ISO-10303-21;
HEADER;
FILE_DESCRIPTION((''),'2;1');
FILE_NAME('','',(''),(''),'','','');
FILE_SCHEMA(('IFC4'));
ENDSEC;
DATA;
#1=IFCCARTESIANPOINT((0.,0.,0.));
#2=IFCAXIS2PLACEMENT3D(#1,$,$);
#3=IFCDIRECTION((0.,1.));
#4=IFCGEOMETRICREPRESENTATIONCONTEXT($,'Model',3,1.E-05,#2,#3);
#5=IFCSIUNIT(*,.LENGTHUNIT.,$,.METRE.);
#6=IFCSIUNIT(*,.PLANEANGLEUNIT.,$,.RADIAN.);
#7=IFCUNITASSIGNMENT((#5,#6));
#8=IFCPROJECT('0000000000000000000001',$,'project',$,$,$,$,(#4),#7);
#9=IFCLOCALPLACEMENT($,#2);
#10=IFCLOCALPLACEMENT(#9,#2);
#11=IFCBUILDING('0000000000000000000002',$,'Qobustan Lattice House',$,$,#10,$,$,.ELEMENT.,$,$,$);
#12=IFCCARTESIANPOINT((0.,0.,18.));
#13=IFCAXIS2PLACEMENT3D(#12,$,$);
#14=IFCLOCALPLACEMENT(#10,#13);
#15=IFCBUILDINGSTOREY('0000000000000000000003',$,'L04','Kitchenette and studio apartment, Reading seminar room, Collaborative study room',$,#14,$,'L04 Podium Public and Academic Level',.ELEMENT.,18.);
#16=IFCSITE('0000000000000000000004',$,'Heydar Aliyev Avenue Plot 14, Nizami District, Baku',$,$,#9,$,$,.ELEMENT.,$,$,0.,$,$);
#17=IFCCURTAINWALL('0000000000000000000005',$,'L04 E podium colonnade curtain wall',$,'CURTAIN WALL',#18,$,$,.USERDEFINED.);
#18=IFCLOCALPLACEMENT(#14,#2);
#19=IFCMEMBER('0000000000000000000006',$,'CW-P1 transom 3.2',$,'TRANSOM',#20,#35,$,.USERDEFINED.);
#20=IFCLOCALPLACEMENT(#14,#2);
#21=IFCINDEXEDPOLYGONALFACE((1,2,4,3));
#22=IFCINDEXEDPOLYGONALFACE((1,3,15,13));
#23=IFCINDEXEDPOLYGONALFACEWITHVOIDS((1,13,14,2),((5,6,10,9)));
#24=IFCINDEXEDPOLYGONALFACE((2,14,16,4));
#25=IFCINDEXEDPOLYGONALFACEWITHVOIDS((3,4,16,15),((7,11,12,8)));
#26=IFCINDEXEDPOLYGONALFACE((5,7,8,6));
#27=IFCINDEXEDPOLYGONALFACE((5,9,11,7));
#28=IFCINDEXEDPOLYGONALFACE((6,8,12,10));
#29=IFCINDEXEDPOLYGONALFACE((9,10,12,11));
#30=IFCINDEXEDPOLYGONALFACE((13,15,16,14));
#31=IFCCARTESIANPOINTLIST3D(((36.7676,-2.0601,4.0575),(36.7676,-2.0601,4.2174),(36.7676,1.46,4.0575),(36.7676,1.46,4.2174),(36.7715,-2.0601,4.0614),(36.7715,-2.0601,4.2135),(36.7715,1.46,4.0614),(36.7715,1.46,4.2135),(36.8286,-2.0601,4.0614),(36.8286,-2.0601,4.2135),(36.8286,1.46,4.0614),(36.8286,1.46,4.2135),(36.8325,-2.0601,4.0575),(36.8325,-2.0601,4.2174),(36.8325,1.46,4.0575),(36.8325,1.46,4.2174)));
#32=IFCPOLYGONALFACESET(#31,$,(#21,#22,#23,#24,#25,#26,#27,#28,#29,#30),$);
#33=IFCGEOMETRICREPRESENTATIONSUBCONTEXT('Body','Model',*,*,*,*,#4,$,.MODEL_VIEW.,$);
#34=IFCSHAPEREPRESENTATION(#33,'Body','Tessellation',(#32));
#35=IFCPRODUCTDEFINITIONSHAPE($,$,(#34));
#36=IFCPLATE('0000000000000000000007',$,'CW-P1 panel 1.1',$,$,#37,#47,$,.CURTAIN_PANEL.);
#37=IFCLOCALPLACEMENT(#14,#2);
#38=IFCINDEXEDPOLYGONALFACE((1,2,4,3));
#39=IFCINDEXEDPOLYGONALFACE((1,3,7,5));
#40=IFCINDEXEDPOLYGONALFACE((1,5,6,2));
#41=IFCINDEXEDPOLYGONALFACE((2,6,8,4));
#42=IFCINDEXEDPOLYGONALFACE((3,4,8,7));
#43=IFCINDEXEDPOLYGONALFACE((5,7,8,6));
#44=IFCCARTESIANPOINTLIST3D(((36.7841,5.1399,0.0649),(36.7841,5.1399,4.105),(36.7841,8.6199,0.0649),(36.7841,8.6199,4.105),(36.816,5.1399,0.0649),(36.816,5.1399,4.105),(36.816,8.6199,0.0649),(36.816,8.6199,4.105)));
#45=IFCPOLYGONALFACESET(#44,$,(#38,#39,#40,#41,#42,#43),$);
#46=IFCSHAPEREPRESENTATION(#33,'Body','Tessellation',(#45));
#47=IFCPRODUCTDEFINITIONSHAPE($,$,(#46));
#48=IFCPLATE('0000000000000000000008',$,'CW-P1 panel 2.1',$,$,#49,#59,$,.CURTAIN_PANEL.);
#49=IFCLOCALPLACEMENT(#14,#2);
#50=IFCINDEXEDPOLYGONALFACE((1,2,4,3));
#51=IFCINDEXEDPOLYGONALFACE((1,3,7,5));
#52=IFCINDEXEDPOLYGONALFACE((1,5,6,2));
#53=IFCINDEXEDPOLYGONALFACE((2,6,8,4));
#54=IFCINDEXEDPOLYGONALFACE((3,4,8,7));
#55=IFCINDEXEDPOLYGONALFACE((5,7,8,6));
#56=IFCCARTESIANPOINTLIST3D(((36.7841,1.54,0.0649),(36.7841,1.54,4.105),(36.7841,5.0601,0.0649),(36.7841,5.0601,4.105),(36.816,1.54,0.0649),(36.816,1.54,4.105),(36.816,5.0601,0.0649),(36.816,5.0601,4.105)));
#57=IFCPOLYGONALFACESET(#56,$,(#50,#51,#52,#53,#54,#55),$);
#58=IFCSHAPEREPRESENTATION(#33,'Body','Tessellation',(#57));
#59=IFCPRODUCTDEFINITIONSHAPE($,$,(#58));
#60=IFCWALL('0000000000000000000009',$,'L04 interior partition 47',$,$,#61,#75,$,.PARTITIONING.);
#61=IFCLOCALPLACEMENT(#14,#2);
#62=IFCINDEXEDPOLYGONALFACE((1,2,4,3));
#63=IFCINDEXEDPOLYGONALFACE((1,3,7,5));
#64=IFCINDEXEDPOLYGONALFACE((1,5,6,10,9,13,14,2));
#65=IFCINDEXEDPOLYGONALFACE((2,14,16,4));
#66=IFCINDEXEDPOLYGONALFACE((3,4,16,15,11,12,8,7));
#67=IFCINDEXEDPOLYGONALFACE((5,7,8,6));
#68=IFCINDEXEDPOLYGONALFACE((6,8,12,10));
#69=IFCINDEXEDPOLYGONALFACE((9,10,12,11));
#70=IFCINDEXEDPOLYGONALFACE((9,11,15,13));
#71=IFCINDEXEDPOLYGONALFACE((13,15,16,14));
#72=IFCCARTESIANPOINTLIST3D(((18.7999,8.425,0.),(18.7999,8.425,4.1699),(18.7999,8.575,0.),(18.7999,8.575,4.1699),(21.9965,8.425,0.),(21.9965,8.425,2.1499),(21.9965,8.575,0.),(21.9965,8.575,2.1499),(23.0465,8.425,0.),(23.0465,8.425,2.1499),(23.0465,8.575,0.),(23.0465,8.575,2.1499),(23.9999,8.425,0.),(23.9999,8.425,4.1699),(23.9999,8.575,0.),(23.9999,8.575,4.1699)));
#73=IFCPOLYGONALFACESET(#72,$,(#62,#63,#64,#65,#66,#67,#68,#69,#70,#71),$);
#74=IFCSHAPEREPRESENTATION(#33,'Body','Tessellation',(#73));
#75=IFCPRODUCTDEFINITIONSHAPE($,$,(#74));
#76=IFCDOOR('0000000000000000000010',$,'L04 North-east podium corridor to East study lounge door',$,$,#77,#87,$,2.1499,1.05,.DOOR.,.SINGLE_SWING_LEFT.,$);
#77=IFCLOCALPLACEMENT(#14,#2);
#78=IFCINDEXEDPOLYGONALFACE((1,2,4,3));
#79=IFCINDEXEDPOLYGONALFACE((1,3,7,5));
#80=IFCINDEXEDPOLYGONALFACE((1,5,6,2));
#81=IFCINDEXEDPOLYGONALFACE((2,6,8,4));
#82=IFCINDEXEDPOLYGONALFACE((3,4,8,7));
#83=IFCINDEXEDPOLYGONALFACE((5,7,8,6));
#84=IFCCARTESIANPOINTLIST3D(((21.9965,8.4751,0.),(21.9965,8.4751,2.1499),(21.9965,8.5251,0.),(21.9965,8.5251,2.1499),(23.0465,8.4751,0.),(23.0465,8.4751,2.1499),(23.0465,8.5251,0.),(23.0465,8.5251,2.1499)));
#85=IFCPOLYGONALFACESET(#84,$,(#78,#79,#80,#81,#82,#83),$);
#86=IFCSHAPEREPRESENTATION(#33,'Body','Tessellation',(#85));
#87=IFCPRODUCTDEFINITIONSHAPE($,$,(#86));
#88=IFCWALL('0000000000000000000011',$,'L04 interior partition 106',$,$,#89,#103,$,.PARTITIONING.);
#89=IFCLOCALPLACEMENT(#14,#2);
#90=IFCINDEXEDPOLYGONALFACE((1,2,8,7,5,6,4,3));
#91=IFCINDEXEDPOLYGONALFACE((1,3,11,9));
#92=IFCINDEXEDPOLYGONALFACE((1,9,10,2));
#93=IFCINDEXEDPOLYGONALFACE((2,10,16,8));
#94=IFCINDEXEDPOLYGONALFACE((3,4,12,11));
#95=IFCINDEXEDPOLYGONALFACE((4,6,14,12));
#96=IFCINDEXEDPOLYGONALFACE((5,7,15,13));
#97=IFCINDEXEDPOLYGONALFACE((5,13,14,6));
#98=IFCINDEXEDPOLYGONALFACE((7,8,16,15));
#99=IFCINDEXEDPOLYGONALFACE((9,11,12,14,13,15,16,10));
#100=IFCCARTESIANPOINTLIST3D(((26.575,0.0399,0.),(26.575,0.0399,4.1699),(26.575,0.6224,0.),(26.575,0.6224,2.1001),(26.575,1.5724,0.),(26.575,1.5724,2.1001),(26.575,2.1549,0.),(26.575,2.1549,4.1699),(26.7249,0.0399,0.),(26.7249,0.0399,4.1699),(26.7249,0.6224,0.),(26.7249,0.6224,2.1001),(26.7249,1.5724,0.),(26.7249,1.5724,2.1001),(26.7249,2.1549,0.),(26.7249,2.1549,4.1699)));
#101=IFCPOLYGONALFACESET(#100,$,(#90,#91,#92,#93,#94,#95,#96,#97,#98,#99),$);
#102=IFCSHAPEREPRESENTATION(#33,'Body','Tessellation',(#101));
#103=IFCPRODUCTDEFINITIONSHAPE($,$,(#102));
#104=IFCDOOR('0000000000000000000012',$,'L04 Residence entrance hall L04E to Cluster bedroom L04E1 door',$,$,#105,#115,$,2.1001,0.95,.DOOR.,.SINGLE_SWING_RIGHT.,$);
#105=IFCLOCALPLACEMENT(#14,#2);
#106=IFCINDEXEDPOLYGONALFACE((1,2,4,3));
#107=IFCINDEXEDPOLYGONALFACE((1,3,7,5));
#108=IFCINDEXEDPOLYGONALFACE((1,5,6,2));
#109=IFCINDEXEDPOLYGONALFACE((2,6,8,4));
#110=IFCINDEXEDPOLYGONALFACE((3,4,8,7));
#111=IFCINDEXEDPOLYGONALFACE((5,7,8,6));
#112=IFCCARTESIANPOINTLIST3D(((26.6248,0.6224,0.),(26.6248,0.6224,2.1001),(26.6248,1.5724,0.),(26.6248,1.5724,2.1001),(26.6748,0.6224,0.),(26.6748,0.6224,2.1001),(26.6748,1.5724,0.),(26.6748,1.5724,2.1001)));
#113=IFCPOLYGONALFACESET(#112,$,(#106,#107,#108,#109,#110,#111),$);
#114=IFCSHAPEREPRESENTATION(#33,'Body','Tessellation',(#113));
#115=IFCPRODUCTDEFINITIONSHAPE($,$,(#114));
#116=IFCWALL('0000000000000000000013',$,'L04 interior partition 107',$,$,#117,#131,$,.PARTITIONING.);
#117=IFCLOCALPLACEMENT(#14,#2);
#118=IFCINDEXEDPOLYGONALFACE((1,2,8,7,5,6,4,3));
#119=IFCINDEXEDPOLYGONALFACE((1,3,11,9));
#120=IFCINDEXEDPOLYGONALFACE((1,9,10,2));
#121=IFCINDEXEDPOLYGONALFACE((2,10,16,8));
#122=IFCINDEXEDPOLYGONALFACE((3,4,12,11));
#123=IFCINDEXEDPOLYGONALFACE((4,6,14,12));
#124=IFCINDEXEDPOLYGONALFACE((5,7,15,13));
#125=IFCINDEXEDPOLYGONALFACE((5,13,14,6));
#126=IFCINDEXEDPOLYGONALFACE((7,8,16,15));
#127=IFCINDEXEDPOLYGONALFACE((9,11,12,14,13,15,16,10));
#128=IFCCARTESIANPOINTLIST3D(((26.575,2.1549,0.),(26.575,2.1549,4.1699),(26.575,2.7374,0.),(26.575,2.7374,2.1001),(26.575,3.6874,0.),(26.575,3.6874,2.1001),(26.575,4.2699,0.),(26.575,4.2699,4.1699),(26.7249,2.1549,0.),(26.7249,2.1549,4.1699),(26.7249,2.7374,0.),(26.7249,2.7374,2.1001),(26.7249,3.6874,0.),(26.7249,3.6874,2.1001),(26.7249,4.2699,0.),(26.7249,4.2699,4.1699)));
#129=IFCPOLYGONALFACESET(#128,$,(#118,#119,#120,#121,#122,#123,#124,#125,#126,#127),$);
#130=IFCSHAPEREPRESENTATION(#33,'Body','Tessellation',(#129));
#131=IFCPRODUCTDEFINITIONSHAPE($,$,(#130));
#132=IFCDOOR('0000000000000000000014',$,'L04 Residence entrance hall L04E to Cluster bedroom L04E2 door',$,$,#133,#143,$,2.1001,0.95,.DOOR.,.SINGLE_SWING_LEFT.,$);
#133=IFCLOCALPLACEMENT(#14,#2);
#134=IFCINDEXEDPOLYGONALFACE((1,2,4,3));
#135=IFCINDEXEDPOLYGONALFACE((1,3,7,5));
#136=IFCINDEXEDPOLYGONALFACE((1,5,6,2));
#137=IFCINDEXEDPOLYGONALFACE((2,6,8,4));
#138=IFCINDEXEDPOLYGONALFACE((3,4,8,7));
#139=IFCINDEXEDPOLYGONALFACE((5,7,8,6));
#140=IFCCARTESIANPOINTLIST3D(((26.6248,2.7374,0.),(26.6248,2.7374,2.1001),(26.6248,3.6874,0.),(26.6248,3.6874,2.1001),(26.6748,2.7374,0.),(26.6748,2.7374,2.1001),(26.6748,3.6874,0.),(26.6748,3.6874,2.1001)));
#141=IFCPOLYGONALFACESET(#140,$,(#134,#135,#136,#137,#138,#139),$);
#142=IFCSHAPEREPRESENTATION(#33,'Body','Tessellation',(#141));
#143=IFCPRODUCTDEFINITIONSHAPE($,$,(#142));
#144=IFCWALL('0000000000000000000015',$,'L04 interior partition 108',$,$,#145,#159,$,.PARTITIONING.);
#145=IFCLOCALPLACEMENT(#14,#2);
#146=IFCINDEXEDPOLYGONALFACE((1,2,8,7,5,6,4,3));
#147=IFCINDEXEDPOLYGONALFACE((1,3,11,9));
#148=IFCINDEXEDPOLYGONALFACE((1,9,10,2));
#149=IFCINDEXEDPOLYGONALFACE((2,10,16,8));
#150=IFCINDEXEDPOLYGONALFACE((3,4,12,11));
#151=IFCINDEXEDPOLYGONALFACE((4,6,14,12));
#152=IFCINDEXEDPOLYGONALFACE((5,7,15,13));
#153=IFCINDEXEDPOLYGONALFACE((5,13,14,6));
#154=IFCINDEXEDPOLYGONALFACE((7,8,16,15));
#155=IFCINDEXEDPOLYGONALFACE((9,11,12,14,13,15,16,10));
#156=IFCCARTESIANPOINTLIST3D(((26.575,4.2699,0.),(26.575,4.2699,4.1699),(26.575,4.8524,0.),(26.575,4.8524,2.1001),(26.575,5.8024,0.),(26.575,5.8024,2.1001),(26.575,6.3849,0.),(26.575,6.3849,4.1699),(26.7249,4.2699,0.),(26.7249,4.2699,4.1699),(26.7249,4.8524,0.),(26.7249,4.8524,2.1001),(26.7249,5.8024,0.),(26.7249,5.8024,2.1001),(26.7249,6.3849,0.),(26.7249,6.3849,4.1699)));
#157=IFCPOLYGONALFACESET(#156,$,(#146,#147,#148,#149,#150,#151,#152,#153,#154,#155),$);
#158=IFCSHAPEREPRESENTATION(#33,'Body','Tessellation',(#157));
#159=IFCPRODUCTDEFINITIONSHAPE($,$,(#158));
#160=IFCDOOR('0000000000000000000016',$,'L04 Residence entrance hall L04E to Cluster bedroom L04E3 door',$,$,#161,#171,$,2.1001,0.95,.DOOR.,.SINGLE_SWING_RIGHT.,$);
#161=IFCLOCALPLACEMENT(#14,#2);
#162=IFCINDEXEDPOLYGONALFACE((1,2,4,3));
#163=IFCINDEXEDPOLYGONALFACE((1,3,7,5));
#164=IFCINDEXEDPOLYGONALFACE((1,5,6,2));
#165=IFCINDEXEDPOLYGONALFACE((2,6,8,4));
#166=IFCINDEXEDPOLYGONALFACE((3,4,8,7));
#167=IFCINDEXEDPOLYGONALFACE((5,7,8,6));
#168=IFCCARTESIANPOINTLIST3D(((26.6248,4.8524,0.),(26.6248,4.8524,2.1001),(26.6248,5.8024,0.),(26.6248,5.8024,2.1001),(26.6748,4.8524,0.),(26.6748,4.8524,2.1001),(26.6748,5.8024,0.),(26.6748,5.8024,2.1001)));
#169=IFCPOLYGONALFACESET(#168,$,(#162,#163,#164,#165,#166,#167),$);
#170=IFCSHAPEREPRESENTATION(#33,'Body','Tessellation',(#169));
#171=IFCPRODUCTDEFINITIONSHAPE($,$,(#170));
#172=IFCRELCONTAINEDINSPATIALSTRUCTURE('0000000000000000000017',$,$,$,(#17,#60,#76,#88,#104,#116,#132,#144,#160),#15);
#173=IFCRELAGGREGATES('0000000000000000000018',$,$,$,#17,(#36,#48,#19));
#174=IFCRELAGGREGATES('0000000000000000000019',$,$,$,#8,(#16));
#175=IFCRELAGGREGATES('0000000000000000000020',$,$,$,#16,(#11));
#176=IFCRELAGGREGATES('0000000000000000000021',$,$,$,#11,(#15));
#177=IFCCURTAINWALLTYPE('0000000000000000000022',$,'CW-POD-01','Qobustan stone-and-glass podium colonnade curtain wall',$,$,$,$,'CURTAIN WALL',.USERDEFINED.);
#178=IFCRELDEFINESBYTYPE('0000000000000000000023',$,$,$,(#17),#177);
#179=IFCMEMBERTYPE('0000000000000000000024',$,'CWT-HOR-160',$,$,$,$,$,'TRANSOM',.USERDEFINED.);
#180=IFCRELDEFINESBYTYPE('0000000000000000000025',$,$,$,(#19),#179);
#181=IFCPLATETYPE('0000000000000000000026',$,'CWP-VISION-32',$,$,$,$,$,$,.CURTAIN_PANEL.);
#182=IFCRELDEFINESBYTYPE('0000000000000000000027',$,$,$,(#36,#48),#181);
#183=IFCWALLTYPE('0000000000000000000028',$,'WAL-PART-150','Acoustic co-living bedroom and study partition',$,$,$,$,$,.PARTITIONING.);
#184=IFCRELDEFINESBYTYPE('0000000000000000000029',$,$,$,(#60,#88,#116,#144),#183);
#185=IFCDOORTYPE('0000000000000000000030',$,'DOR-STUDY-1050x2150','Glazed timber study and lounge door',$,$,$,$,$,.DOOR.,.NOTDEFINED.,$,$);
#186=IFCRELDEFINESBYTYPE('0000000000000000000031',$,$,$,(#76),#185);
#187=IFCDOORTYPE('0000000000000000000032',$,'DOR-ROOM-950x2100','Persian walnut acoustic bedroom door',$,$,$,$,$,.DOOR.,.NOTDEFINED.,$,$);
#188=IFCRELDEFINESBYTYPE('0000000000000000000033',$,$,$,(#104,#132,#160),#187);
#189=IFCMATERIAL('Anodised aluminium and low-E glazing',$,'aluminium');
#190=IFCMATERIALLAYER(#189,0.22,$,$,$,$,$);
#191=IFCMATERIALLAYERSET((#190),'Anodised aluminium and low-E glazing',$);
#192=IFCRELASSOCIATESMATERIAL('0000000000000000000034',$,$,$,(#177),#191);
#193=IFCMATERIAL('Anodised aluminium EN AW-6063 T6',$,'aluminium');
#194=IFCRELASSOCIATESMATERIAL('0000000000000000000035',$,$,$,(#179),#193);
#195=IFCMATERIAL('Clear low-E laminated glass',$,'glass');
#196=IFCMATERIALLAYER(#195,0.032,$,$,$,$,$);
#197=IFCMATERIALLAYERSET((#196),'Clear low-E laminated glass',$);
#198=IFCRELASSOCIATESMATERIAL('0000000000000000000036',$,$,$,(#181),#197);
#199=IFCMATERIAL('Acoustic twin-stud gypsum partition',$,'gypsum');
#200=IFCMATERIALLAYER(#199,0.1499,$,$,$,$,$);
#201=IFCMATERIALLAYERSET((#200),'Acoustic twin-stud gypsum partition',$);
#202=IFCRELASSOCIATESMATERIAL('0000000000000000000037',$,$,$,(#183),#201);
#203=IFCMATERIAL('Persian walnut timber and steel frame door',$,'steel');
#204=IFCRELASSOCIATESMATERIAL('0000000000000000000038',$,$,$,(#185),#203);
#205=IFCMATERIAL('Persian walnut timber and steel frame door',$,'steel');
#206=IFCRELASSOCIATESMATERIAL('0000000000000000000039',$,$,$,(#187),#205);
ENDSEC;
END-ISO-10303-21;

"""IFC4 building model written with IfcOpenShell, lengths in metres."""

from ifc_helpers import new_model, si_unit, direction, frame, frame_2d, origin, origin_2d, place, context, subcontext, project, spatial, rectangle, hollow_rectangle, extrude, material, layer, layer_set, material_profile, profile_set, type_object, element, fill, aggregate, save


model = new_model("IFC4")

# Units and contexts
model_context = context("Model", 3, precision=1e-05, world=origin(), true_north=direction((0.0, 1.0)))
body_context = subcontext(model_context, "Body", "Model", "MODEL_VIEW")
ifc_project = project(units=[si_unit("LENGTHUNIT", "METRE"), si_unit("PLANEANGLEUNIT", "RADIAN")], contexts=[model_context])

# Site, building, storey
site_placement = place(None, origin())
site = spatial("IfcSite", under=ifc_project, at=site_placement, Name="Heydar Aliyev Avenue Plot 14, Nizami District, Baku", CompositionType="ELEMENT", RefElevation=0.0)
building_placement = place(site_placement, origin())
building = spatial("IfcBuilding", under=site, at=building_placement, Name="Qobustan Lattice House", CompositionType="ELEMENT")
storey_placement = place(building_placement, frame((0.0, 0.0, 18.0)))
storey = spatial("IfcBuildingStorey", under=building, at=storey_placement, Name="L04", Description="Kitchenette and studio apartment, Reading seminar room, Collaborative study room", LongName="L04 Podium Public and Academic Level", CompositionType="ELEMENT", Elevation=18.0)

# Curtain wall, member, plates
ifc_material_1 = material(Name="Anodised aluminium and low-E glazing", Category="aluminium")
ifc_layer_1 = layer(ifc_material_1, 0.22)
ifc_layer_set_1 = layer_set([ifc_layer_1], Name="Anodised aluminium and low-E glazing")
curtain_wall_type = type_object("IfcCurtainWallType", Name="CW-POD-01", Description="Qobustan stone-and-glass podium colonnade curtain wall", ElementType="CURTAIN WALL", PredefinedType="USERDEFINED", material=ifc_layer_set_1)
curtain_wall_placement = place(storey_placement, origin())
curtain_wall = element("IfcCurtainWall", 1, at=curtain_wall_placement, inside=storey, type_object=curtain_wall_type, Name="L04 E podium colonnade curtain wall", ObjectType="CURTAIN WALL", PredefinedType="USERDEFINED")
ifc_material_2 = material(Name="Anodised aluminium EN AW-6063 T6", Category="aluminium")
ifc_material_profile_1 = material_profile(ifc_material_2, hollow_rectangle(XDim=0.0649, YDim=0.1599, WallThickness=0.0039, at=origin_2d()), Name="CWT-160x65")
ifc_profile_set_1 = profile_set([ifc_material_profile_1], Name="Anodised aluminium EN AW-6063 T6")
member_type_1 = type_object("IfcMemberType", Name="CWT-HOR-160", ElementType="TRANSOM", PredefinedType="USERDEFINED", material=ifc_profile_set_1)
member_1_placement = place(storey_placement, frame((36.8, 1.46, 4.1375), z_axis=(0.0, -1.0, 0.0), x_axis=(1.0, 0.0, 0.0)))
member_1 = element("IfcMember", 2, at=member_1_placement, type_object=member_type_1, Name="CW-P1 transom 3.2", ObjectType="TRANSOM", PredefinedType="USERDEFINED", context=body_context, shape_type="SweptSolid", body=[
    extrude(hollow_rectangle(XDim=0.0649, YDim=0.1599, WallThickness=0.0039, at=origin_2d()), origin(), (0.0, 0.0, 1.0), 3.52),
])
ifc_material_3 = material(Name="Clear low-E laminated glass", Category="glass")
ifc_layer_2 = layer(ifc_material_3, 0.032)
ifc_layer_set_2 = layer_set([ifc_layer_2], Name="Clear low-E laminated glass")
plate_type = type_object("IfcPlateType", Name="CWP-VISION-32", PredefinedType="CURTAIN_PANEL", material=ifc_layer_set_2)
plate_1_placement = place(storey_placement, frame((36.8, 6.8799, 0.0649), z_axis=(0.0, 0.0, 1.0), x_axis=(0.0, -1.0, 0.0)))
plate_1 = element("IfcPlate", 3, at=plate_1_placement, type_object=plate_type, Name="CW-P1 panel 1.1", PredefinedType="CURTAIN_PANEL", context=body_context, shape_type="SweptSolid", body=[
    extrude(rectangle(XDim=3.48, YDim=0.032, at=origin_2d()), origin(), (0.0, 0.0, 1.0), 4.04),
])
plate_2_placement = place(storey_placement, frame((36.8, 3.3, 0.0649), z_axis=(0.0, 0.0, 1.0), x_axis=(0.0, -1.0, 0.0)))
plate_2 = element("IfcPlate", 4, at=plate_2_placement, type_object=plate_type, Name="CW-P1 panel 2.1", PredefinedType="CURTAIN_PANEL", context=body_context, shape_type="SweptSolid", body=[
    extrude(rectangle(XDim=3.52, YDim=0.032, at=origin_2d()), origin(), (0.0, 0.0, 1.0), 4.04),
])
aggregate(curtain_wall, [plate_1, plate_2, member_1])

# Walls, openings, doors
ifc_material_4 = material(Name="Acoustic twin-stud gypsum partition", Category="gypsum")
ifc_layer_3 = layer(ifc_material_4, 0.1499)
ifc_layer_set_3 = layer_set([ifc_layer_3], Name="Acoustic twin-stud gypsum partition")
wall_type_1 = type_object("IfcWallType", Name="WAL-PART-150", Description="Acoustic co-living bedroom and study partition", PredefinedType="PARTITIONING", material=ifc_layer_set_3)
wall_1_placement = place(storey_placement, frame((24.0, 8.5, 0.0), z_axis=(0.0, 0.0, 1.0), x_axis=(-1.0, 0.0, 0.0)))
wall_1 = element("IfcWall", 5, at=wall_1_placement, inside=storey, type_object=wall_type_1, Name="L04 interior partition 47", PredefinedType="PARTITIONING", context=body_context, shape_type="SweptSolid", body=[
    extrude(rectangle(XDim=5.2, YDim=0.1499, at=frame_2d((2.6001, 0.0))), origin(), (0.0, 0.0, 1.0), 4.1699),
])
opening_1_placement = place(wall_1_placement, frame((0.9536, 0.0, 0.0)))
opening_1 = element("IfcOpeningElement", 6, at=opening_1_placement, cuts=wall_1, PredefinedType="OPENING", context=body_context, shape_type="SweptSolid", body=[
    extrude(rectangle(XDim=1.05, YDim=2.1499, at=frame_2d((0.5249, 1.075))), frame((0.0, 0.085, 0.0), z_axis=(0.0, -1.0, 0.0), x_axis=(1.0, 0.0, 0.0)), (0.0, 0.0, 1.0), 0.1699),
])
ifc_material_5 = material(Name="Persian walnut timber and steel frame door", Category="steel")
door_type_1 = type_object("IfcDoorType", Name="DOR-STUDY-1050x2150", Description="Glazed timber study and lounge door", OperationType="NOTDEFINED", PredefinedType="DOOR", material=ifc_material_5)
door_1_placement = place(opening_1_placement, origin())
door_1 = element("IfcDoor", 7, at=door_1_placement, inside=storey, type_object=door_type_1, Name="L04 North-east podium corridor to East study lounge door", OperationType="SINGLE_SWING_LEFT", OverallHeight=2.1499, OverallWidth=1.05, PredefinedType="DOOR", context=body_context, shape_type="SweptSolid", body=[
    extrude(rectangle(XDim=1.05, YDim=2.1499, at=frame_2d((0.5249, 1.075))), frame((0.0, 0.0249, 0.0), z_axis=(0.0, -1.0, 0.0), x_axis=(1.0, 0.0, 0.0)), (0.0, 0.0, 1.0), 0.05),
])
fill(opening_1, door_1)
wall_2_placement = place(storey_placement, frame((26.6499, 2.155, 0.0), z_axis=(0.0, 0.0, 1.0), x_axis=(0.0, -1.0, 0.0)))
wall_2 = element("IfcWall", 8, at=wall_2_placement, inside=storey, type_object=wall_type_1, Name="L04 interior partition 106", PredefinedType="PARTITIONING", context=body_context, shape_type="SweptSolid", body=[
    extrude(rectangle(XDim=2.115, YDim=0.1499, at=frame_2d((1.0576, 0.0))), origin(), (0.0, 0.0, 1.0), 4.1699),
])
opening_2_placement = place(wall_2_placement, frame((0.5825, 0.0, 0.0)))
opening_2 = element("IfcOpeningElement", 9, at=opening_2_placement, cuts=wall_2, PredefinedType="OPENING", context=body_context, shape_type="SweptSolid", body=[
    extrude(rectangle(XDim=0.95, YDim=2.1001, at=frame_2d((0.4751, 1.05))), frame((0.0, 0.085, 0.0), z_axis=(0.0, -1.0, 0.0), x_axis=(1.0, 0.0, 0.0)), (0.0, 0.0, 1.0), 0.1699),
])
ifc_material_6 = material(Name="Persian walnut timber and steel frame door", Category="steel")
door_type_2 = type_object("IfcDoorType", Name="DOR-ROOM-950x2100", Description="Persian walnut acoustic bedroom door", OperationType="NOTDEFINED", PredefinedType="DOOR", material=ifc_material_6)
door_2_placement = place(opening_2_placement, origin())
door_2 = element("IfcDoor", 10, at=door_2_placement, inside=storey, type_object=door_type_2, Name="L04 Residence entrance hall L04E to Cluster bedroom L04E1 door", OperationType="SINGLE_SWING_RIGHT", OverallHeight=2.1001, OverallWidth=0.95, PredefinedType="DOOR", context=body_context, shape_type="SweptSolid", body=[
    extrude(rectangle(XDim=0.95, YDim=2.1001, at=frame_2d((0.4751, 1.05))), frame((0.0, 0.0249, 0.0), z_axis=(0.0, -1.0, 0.0), x_axis=(1.0, 0.0, 0.0)), (0.0, 0.0, 1.0), 0.05),
])
fill(opening_2, door_2)
wall_3_placement = place(storey_placement, frame((26.6499, 4.27, 0.0), z_axis=(0.0, 0.0, 1.0), x_axis=(0.0, -1.0, 0.0)))
wall_3 = element("IfcWall", 11, at=wall_3_placement, inside=storey, type_object=wall_type_1, Name="L04 interior partition 107", PredefinedType="PARTITIONING", context=body_context, shape_type="SweptSolid", body=[
    extrude(rectangle(XDim=2.115, YDim=0.1499, at=frame_2d((1.0576, 0.0))), origin(), (0.0, 0.0, 1.0), 4.1699),
])
opening_3_placement = place(wall_3_placement, frame((0.5825, 0.0, 0.0)))
opening_3 = element("IfcOpeningElement", 12, at=opening_3_placement, cuts=wall_3, PredefinedType="OPENING", context=body_context, shape_type="SweptSolid", body=[
    extrude(rectangle(XDim=0.95, YDim=2.1001, at=frame_2d((0.4751, 1.05))), frame((0.0, 0.085, 0.0), z_axis=(0.0, -1.0, 0.0), x_axis=(1.0, 0.0, 0.0)), (0.0, 0.0, 1.0), 0.1699),
])
door_3_placement = place(opening_3_placement, origin())
door_3 = element("IfcDoor", 13, at=door_3_placement, inside=storey, type_object=door_type_2, Name="L04 Residence entrance hall L04E to Cluster bedroom L04E2 door", OperationType="SINGLE_SWING_LEFT", OverallHeight=2.1001, OverallWidth=0.95, PredefinedType="DOOR", context=body_context, shape_type="SweptSolid", body=[
    extrude(rectangle(XDim=0.95, YDim=2.1001, at=frame_2d((0.4751, 1.05))), frame((0.0, 0.0249, 0.0), z_axis=(0.0, -1.0, 0.0), x_axis=(1.0, 0.0, 0.0)), (0.0, 0.0, 1.0), 0.05),
])
fill(opening_3, door_3)
wall_4_placement = place(storey_placement, frame((26.6499, 6.385, 0.0), z_axis=(0.0, 0.0, 1.0), x_axis=(0.0, -1.0, 0.0)))
wall_4 = element("IfcWall", 14, at=wall_4_placement, inside=storey, type_object=wall_type_1, Name="L04 interior partition 108", PredefinedType="PARTITIONING", context=body_context, shape_type="SweptSolid", body=[
    extrude(rectangle(XDim=2.115, YDim=0.1499, at=frame_2d((1.0576, 0.0))), origin(), (0.0, 0.0, 1.0), 4.1699),
])
opening_4_placement = place(wall_4_placement, frame((0.5825, 0.0, 0.0)))
opening_4 = element("IfcOpeningElement", 15, at=opening_4_placement, cuts=wall_4, PredefinedType="OPENING", context=body_context, shape_type="SweptSolid", body=[
    extrude(rectangle(XDim=0.95, YDim=2.1001, at=frame_2d((0.4751, 1.05))), frame((0.0, 0.085, 0.0), z_axis=(0.0, -1.0, 0.0), x_axis=(1.0, 0.0, 0.0)), (0.0, 0.0, 1.0), 0.1699),
])
door_4_placement = place(opening_4_placement, origin())
door_4 = element("IfcDoor", 16, at=door_4_placement, inside=storey, type_object=door_type_2, Name="L04 Residence entrance hall L04E to Cluster bedroom L04E3 door", OperationType="SINGLE_SWING_RIGHT", OverallHeight=2.1001, OverallWidth=0.95, PredefinedType="DOOR", context=body_context, shape_type="SweptSolid", body=[
    extrude(rectangle(XDim=0.95, YDim=2.1001, at=frame_2d((0.4751, 1.05))), frame((0.0, 0.0249, 0.0), z_axis=(0.0, -1.0, 0.0), x_axis=(1.0, 0.0, 0.0)), (0.0, 0.0, 1.0), 0.05),
])
fill(opening_4, door_4)

save(model, "model.ifc")
